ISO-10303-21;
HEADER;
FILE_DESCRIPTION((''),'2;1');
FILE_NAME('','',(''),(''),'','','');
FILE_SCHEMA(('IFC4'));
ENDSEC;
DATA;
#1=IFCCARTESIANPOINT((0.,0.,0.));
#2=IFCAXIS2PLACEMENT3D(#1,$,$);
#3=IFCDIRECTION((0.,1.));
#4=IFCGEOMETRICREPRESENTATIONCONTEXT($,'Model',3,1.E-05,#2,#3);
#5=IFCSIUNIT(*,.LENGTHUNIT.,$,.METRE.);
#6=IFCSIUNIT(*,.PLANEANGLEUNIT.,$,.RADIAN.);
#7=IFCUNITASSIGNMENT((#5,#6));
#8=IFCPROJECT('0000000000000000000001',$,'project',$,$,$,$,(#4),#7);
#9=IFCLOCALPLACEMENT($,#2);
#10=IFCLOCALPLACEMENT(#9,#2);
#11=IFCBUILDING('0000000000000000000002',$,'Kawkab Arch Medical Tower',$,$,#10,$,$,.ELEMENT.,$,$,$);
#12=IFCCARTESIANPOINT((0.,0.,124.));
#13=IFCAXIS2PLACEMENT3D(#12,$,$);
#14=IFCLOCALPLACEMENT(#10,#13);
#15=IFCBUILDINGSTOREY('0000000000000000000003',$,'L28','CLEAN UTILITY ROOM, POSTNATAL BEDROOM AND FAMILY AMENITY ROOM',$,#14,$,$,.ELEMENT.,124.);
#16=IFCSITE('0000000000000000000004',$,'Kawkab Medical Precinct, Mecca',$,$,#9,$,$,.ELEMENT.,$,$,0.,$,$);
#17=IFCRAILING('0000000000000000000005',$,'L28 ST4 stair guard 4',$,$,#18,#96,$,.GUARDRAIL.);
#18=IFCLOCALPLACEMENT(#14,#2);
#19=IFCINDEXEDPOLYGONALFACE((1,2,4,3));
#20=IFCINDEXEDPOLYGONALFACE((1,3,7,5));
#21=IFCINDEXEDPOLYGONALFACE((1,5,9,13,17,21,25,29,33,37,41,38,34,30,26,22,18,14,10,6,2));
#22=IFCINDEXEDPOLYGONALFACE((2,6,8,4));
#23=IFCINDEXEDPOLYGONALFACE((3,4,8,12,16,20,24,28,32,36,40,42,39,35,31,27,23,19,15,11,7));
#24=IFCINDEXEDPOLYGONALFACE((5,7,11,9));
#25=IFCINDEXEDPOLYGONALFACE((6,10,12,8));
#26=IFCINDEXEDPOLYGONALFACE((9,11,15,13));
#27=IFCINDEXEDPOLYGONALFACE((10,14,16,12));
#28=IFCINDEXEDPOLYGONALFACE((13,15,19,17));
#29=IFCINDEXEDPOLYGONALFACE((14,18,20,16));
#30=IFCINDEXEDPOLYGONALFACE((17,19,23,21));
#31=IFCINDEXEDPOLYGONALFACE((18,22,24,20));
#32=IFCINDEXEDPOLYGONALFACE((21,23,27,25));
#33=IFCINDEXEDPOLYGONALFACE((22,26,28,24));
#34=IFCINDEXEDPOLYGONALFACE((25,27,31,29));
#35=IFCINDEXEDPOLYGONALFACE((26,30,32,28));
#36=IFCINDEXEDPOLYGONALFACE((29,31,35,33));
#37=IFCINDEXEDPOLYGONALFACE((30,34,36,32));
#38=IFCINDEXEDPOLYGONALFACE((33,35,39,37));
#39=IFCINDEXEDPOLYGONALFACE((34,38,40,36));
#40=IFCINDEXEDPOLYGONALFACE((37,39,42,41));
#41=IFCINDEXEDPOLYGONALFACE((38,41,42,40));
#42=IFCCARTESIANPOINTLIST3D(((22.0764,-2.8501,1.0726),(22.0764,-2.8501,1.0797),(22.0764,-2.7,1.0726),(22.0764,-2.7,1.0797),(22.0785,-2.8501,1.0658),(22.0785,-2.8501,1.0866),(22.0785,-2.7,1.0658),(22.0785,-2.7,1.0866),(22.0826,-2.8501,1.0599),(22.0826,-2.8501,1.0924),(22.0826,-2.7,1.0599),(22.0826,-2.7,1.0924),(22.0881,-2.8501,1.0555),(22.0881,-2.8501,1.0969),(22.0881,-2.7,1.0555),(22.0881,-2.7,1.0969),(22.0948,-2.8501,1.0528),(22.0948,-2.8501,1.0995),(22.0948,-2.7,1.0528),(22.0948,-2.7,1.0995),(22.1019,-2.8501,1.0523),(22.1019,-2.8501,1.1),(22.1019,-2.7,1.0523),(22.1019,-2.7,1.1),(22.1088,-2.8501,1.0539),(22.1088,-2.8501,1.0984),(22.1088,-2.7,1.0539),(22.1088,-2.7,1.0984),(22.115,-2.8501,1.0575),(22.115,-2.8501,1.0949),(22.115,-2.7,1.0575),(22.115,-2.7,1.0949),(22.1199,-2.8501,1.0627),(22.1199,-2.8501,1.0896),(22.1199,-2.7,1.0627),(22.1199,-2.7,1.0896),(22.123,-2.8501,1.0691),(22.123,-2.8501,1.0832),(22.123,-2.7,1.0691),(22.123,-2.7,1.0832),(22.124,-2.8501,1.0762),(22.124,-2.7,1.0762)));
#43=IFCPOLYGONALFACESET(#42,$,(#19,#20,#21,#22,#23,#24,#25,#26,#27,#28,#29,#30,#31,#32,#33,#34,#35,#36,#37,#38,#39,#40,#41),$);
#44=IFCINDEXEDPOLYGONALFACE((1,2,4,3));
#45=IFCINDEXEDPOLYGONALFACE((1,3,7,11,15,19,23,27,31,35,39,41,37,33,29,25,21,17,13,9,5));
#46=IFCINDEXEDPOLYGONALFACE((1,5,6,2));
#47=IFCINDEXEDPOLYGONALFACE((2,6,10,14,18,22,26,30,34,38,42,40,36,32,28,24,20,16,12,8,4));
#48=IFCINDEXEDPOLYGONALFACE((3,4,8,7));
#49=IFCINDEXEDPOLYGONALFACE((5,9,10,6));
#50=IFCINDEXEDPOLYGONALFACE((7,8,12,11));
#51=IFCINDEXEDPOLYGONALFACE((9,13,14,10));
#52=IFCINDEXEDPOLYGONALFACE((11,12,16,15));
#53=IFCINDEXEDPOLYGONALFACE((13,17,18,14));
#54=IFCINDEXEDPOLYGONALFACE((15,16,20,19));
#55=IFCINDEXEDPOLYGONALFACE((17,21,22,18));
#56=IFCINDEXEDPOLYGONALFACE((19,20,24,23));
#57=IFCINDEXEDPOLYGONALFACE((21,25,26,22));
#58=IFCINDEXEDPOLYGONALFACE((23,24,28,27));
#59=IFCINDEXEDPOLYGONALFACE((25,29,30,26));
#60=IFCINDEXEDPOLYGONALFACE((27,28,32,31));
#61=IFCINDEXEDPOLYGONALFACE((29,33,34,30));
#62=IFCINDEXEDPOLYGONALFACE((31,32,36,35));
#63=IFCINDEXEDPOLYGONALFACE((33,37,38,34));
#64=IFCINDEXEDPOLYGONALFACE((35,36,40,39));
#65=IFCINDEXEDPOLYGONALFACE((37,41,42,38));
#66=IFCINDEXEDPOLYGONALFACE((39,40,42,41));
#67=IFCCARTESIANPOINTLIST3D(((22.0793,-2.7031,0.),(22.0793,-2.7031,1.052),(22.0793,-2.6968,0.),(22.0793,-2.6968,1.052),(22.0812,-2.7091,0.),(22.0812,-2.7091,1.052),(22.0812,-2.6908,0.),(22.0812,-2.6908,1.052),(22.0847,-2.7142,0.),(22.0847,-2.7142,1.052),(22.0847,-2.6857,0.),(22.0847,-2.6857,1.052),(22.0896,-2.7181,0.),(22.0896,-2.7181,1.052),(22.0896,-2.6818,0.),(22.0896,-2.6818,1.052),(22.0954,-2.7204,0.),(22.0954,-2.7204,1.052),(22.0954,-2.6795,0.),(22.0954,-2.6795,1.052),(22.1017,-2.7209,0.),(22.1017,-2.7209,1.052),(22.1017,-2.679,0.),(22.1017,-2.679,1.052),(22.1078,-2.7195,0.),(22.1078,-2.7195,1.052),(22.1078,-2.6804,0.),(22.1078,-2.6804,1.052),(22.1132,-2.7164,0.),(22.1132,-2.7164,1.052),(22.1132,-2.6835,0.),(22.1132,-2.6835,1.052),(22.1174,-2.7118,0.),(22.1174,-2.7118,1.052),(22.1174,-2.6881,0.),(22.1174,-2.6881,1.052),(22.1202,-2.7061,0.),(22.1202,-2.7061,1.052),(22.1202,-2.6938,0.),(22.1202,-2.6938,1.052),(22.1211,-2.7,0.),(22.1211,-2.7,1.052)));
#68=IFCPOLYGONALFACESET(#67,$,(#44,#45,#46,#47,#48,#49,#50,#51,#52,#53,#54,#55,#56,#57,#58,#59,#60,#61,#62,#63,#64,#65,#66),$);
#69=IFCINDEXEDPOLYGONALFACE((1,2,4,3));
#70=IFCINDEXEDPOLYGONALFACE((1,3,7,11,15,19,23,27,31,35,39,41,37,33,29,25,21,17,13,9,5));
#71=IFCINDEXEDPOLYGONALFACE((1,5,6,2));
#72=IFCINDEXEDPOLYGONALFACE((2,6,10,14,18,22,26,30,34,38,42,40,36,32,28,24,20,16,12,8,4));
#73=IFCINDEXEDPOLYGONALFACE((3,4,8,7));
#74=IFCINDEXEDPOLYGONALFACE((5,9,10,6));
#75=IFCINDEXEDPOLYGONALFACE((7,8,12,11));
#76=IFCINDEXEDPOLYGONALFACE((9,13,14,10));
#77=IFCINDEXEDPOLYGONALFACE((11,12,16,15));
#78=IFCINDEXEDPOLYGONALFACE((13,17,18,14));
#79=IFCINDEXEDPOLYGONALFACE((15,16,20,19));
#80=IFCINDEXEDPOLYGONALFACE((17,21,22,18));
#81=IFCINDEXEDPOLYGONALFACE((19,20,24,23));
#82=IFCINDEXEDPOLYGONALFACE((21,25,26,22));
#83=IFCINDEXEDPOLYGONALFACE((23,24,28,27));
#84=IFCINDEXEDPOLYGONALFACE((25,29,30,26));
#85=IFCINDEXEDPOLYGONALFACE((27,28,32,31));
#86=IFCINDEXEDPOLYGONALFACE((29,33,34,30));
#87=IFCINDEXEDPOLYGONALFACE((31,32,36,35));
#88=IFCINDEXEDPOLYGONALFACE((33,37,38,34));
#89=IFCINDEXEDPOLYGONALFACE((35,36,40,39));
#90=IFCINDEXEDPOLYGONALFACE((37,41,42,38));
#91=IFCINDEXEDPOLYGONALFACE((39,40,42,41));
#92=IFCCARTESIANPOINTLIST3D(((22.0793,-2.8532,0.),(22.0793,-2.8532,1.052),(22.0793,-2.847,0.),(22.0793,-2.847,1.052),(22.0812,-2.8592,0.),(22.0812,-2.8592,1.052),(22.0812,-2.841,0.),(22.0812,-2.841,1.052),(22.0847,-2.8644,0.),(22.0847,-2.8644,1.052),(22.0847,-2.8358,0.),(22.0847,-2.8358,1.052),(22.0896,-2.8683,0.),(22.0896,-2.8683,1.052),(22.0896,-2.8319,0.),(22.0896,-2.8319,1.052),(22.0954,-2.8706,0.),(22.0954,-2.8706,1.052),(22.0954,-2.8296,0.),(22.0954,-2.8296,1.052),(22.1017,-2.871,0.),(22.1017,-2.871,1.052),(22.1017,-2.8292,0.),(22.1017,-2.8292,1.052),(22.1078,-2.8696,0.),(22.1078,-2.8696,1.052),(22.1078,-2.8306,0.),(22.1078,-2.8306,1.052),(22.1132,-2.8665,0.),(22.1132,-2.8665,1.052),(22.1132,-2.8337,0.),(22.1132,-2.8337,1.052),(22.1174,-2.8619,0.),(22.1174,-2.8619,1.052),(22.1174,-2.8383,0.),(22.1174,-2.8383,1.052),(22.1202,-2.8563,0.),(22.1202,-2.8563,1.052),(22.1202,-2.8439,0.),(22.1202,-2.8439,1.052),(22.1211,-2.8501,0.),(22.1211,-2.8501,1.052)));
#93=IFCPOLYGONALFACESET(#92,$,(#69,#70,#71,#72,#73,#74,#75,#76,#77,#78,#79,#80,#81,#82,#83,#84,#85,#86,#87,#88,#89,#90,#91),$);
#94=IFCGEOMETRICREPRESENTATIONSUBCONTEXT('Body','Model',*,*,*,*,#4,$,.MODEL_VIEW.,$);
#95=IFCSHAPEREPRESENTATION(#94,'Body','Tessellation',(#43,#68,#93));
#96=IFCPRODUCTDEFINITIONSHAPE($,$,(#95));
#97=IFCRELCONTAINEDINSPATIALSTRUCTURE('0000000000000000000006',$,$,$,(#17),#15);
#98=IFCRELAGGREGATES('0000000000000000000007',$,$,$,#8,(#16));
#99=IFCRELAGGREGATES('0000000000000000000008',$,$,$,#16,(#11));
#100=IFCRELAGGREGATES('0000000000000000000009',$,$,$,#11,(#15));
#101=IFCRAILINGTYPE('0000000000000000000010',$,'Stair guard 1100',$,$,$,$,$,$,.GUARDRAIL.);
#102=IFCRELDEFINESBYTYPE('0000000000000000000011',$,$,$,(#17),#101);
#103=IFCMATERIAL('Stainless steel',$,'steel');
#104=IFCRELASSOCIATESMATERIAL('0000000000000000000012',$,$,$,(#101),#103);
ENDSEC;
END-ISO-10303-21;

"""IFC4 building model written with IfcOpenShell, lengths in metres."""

from ifc_helpers import new_model, si_unit, direction, frame, origin, origin_2d, place, context, subcontext, project, spatial, circle, extrude, material, type_object, element, save


model = new_model("IFC4")

# Units and contexts
model_context = context("Model", 3, precision=1e-05, world=origin(), true_north=direction((0.0, 1.0)))
body_context = subcontext(model_context, "Body", "Model", "MODEL_VIEW")
ifc_project = project(units=[si_unit("LENGTHUNIT", "METRE"), si_unit("PLANEANGLEUNIT", "RADIAN")], contexts=[model_context])

# Site, building, storey
site_placement = place(None, origin())
site = spatial("IfcSite", under=ifc_project, at=site_placement, Name="Kawkab Medical Precinct, Mecca", CompositionType="ELEMENT", RefElevation=0.0)
building_placement = place(site_placement, origin())
building = spatial("IfcBuilding", under=site, at=building_placement, Name="Kawkab Arch Medical Tower", CompositionType="ELEMENT")
storey_placement = place(building_placement, frame((0.0, 0.0, 124.0)))
storey = spatial("IfcBuildingStorey", under=building, at=storey_placement, Name="L28", Description="CLEAN UTILITY ROOM, POSTNATAL BEDROOM AND FAMILY AMENITY ROOM", CompositionType="ELEMENT", Elevation=124.0)

# Railing
ifc_material_1 = material(Name="Stainless steel", Category="steel")
railing_type_1 = type_object("IfcRailingType", Name="Stair guard 1100", PredefinedType="GUARDRAIL", material=ifc_material_1)
railing_1_placement = place(storey_placement, frame((22.1001, -2.7, 0.0)))
element("IfcRailing", 1, at=railing_1_placement, inside=storey, type_object=railing_type_1, Name="L28 ST4 stair guard 4", PredefinedType="GUARDRAIL", context=body_context, shape_type="SweptSolid", body=[
    extrude(circle(Radius=0.0239, at=origin_2d()), frame((0.0, 0.0, 1.0762), z_axis=(0.0, -1.0, 0.0), x_axis=(1.0, 0.0, 0.0)), (0.0, 0.0, 1.0), 0.1501),
    extrude(circle(Radius=0.021, at=origin_2d()), origin(), (0.0, 0.0, 1.0), 1.052),
    extrude(circle(Radius=0.021, at=origin_2d()), frame((0.0, -0.1501, 0.0)), (0.0, 0.0, 1.0), 1.052),
])

save(model, "model.ifc")
